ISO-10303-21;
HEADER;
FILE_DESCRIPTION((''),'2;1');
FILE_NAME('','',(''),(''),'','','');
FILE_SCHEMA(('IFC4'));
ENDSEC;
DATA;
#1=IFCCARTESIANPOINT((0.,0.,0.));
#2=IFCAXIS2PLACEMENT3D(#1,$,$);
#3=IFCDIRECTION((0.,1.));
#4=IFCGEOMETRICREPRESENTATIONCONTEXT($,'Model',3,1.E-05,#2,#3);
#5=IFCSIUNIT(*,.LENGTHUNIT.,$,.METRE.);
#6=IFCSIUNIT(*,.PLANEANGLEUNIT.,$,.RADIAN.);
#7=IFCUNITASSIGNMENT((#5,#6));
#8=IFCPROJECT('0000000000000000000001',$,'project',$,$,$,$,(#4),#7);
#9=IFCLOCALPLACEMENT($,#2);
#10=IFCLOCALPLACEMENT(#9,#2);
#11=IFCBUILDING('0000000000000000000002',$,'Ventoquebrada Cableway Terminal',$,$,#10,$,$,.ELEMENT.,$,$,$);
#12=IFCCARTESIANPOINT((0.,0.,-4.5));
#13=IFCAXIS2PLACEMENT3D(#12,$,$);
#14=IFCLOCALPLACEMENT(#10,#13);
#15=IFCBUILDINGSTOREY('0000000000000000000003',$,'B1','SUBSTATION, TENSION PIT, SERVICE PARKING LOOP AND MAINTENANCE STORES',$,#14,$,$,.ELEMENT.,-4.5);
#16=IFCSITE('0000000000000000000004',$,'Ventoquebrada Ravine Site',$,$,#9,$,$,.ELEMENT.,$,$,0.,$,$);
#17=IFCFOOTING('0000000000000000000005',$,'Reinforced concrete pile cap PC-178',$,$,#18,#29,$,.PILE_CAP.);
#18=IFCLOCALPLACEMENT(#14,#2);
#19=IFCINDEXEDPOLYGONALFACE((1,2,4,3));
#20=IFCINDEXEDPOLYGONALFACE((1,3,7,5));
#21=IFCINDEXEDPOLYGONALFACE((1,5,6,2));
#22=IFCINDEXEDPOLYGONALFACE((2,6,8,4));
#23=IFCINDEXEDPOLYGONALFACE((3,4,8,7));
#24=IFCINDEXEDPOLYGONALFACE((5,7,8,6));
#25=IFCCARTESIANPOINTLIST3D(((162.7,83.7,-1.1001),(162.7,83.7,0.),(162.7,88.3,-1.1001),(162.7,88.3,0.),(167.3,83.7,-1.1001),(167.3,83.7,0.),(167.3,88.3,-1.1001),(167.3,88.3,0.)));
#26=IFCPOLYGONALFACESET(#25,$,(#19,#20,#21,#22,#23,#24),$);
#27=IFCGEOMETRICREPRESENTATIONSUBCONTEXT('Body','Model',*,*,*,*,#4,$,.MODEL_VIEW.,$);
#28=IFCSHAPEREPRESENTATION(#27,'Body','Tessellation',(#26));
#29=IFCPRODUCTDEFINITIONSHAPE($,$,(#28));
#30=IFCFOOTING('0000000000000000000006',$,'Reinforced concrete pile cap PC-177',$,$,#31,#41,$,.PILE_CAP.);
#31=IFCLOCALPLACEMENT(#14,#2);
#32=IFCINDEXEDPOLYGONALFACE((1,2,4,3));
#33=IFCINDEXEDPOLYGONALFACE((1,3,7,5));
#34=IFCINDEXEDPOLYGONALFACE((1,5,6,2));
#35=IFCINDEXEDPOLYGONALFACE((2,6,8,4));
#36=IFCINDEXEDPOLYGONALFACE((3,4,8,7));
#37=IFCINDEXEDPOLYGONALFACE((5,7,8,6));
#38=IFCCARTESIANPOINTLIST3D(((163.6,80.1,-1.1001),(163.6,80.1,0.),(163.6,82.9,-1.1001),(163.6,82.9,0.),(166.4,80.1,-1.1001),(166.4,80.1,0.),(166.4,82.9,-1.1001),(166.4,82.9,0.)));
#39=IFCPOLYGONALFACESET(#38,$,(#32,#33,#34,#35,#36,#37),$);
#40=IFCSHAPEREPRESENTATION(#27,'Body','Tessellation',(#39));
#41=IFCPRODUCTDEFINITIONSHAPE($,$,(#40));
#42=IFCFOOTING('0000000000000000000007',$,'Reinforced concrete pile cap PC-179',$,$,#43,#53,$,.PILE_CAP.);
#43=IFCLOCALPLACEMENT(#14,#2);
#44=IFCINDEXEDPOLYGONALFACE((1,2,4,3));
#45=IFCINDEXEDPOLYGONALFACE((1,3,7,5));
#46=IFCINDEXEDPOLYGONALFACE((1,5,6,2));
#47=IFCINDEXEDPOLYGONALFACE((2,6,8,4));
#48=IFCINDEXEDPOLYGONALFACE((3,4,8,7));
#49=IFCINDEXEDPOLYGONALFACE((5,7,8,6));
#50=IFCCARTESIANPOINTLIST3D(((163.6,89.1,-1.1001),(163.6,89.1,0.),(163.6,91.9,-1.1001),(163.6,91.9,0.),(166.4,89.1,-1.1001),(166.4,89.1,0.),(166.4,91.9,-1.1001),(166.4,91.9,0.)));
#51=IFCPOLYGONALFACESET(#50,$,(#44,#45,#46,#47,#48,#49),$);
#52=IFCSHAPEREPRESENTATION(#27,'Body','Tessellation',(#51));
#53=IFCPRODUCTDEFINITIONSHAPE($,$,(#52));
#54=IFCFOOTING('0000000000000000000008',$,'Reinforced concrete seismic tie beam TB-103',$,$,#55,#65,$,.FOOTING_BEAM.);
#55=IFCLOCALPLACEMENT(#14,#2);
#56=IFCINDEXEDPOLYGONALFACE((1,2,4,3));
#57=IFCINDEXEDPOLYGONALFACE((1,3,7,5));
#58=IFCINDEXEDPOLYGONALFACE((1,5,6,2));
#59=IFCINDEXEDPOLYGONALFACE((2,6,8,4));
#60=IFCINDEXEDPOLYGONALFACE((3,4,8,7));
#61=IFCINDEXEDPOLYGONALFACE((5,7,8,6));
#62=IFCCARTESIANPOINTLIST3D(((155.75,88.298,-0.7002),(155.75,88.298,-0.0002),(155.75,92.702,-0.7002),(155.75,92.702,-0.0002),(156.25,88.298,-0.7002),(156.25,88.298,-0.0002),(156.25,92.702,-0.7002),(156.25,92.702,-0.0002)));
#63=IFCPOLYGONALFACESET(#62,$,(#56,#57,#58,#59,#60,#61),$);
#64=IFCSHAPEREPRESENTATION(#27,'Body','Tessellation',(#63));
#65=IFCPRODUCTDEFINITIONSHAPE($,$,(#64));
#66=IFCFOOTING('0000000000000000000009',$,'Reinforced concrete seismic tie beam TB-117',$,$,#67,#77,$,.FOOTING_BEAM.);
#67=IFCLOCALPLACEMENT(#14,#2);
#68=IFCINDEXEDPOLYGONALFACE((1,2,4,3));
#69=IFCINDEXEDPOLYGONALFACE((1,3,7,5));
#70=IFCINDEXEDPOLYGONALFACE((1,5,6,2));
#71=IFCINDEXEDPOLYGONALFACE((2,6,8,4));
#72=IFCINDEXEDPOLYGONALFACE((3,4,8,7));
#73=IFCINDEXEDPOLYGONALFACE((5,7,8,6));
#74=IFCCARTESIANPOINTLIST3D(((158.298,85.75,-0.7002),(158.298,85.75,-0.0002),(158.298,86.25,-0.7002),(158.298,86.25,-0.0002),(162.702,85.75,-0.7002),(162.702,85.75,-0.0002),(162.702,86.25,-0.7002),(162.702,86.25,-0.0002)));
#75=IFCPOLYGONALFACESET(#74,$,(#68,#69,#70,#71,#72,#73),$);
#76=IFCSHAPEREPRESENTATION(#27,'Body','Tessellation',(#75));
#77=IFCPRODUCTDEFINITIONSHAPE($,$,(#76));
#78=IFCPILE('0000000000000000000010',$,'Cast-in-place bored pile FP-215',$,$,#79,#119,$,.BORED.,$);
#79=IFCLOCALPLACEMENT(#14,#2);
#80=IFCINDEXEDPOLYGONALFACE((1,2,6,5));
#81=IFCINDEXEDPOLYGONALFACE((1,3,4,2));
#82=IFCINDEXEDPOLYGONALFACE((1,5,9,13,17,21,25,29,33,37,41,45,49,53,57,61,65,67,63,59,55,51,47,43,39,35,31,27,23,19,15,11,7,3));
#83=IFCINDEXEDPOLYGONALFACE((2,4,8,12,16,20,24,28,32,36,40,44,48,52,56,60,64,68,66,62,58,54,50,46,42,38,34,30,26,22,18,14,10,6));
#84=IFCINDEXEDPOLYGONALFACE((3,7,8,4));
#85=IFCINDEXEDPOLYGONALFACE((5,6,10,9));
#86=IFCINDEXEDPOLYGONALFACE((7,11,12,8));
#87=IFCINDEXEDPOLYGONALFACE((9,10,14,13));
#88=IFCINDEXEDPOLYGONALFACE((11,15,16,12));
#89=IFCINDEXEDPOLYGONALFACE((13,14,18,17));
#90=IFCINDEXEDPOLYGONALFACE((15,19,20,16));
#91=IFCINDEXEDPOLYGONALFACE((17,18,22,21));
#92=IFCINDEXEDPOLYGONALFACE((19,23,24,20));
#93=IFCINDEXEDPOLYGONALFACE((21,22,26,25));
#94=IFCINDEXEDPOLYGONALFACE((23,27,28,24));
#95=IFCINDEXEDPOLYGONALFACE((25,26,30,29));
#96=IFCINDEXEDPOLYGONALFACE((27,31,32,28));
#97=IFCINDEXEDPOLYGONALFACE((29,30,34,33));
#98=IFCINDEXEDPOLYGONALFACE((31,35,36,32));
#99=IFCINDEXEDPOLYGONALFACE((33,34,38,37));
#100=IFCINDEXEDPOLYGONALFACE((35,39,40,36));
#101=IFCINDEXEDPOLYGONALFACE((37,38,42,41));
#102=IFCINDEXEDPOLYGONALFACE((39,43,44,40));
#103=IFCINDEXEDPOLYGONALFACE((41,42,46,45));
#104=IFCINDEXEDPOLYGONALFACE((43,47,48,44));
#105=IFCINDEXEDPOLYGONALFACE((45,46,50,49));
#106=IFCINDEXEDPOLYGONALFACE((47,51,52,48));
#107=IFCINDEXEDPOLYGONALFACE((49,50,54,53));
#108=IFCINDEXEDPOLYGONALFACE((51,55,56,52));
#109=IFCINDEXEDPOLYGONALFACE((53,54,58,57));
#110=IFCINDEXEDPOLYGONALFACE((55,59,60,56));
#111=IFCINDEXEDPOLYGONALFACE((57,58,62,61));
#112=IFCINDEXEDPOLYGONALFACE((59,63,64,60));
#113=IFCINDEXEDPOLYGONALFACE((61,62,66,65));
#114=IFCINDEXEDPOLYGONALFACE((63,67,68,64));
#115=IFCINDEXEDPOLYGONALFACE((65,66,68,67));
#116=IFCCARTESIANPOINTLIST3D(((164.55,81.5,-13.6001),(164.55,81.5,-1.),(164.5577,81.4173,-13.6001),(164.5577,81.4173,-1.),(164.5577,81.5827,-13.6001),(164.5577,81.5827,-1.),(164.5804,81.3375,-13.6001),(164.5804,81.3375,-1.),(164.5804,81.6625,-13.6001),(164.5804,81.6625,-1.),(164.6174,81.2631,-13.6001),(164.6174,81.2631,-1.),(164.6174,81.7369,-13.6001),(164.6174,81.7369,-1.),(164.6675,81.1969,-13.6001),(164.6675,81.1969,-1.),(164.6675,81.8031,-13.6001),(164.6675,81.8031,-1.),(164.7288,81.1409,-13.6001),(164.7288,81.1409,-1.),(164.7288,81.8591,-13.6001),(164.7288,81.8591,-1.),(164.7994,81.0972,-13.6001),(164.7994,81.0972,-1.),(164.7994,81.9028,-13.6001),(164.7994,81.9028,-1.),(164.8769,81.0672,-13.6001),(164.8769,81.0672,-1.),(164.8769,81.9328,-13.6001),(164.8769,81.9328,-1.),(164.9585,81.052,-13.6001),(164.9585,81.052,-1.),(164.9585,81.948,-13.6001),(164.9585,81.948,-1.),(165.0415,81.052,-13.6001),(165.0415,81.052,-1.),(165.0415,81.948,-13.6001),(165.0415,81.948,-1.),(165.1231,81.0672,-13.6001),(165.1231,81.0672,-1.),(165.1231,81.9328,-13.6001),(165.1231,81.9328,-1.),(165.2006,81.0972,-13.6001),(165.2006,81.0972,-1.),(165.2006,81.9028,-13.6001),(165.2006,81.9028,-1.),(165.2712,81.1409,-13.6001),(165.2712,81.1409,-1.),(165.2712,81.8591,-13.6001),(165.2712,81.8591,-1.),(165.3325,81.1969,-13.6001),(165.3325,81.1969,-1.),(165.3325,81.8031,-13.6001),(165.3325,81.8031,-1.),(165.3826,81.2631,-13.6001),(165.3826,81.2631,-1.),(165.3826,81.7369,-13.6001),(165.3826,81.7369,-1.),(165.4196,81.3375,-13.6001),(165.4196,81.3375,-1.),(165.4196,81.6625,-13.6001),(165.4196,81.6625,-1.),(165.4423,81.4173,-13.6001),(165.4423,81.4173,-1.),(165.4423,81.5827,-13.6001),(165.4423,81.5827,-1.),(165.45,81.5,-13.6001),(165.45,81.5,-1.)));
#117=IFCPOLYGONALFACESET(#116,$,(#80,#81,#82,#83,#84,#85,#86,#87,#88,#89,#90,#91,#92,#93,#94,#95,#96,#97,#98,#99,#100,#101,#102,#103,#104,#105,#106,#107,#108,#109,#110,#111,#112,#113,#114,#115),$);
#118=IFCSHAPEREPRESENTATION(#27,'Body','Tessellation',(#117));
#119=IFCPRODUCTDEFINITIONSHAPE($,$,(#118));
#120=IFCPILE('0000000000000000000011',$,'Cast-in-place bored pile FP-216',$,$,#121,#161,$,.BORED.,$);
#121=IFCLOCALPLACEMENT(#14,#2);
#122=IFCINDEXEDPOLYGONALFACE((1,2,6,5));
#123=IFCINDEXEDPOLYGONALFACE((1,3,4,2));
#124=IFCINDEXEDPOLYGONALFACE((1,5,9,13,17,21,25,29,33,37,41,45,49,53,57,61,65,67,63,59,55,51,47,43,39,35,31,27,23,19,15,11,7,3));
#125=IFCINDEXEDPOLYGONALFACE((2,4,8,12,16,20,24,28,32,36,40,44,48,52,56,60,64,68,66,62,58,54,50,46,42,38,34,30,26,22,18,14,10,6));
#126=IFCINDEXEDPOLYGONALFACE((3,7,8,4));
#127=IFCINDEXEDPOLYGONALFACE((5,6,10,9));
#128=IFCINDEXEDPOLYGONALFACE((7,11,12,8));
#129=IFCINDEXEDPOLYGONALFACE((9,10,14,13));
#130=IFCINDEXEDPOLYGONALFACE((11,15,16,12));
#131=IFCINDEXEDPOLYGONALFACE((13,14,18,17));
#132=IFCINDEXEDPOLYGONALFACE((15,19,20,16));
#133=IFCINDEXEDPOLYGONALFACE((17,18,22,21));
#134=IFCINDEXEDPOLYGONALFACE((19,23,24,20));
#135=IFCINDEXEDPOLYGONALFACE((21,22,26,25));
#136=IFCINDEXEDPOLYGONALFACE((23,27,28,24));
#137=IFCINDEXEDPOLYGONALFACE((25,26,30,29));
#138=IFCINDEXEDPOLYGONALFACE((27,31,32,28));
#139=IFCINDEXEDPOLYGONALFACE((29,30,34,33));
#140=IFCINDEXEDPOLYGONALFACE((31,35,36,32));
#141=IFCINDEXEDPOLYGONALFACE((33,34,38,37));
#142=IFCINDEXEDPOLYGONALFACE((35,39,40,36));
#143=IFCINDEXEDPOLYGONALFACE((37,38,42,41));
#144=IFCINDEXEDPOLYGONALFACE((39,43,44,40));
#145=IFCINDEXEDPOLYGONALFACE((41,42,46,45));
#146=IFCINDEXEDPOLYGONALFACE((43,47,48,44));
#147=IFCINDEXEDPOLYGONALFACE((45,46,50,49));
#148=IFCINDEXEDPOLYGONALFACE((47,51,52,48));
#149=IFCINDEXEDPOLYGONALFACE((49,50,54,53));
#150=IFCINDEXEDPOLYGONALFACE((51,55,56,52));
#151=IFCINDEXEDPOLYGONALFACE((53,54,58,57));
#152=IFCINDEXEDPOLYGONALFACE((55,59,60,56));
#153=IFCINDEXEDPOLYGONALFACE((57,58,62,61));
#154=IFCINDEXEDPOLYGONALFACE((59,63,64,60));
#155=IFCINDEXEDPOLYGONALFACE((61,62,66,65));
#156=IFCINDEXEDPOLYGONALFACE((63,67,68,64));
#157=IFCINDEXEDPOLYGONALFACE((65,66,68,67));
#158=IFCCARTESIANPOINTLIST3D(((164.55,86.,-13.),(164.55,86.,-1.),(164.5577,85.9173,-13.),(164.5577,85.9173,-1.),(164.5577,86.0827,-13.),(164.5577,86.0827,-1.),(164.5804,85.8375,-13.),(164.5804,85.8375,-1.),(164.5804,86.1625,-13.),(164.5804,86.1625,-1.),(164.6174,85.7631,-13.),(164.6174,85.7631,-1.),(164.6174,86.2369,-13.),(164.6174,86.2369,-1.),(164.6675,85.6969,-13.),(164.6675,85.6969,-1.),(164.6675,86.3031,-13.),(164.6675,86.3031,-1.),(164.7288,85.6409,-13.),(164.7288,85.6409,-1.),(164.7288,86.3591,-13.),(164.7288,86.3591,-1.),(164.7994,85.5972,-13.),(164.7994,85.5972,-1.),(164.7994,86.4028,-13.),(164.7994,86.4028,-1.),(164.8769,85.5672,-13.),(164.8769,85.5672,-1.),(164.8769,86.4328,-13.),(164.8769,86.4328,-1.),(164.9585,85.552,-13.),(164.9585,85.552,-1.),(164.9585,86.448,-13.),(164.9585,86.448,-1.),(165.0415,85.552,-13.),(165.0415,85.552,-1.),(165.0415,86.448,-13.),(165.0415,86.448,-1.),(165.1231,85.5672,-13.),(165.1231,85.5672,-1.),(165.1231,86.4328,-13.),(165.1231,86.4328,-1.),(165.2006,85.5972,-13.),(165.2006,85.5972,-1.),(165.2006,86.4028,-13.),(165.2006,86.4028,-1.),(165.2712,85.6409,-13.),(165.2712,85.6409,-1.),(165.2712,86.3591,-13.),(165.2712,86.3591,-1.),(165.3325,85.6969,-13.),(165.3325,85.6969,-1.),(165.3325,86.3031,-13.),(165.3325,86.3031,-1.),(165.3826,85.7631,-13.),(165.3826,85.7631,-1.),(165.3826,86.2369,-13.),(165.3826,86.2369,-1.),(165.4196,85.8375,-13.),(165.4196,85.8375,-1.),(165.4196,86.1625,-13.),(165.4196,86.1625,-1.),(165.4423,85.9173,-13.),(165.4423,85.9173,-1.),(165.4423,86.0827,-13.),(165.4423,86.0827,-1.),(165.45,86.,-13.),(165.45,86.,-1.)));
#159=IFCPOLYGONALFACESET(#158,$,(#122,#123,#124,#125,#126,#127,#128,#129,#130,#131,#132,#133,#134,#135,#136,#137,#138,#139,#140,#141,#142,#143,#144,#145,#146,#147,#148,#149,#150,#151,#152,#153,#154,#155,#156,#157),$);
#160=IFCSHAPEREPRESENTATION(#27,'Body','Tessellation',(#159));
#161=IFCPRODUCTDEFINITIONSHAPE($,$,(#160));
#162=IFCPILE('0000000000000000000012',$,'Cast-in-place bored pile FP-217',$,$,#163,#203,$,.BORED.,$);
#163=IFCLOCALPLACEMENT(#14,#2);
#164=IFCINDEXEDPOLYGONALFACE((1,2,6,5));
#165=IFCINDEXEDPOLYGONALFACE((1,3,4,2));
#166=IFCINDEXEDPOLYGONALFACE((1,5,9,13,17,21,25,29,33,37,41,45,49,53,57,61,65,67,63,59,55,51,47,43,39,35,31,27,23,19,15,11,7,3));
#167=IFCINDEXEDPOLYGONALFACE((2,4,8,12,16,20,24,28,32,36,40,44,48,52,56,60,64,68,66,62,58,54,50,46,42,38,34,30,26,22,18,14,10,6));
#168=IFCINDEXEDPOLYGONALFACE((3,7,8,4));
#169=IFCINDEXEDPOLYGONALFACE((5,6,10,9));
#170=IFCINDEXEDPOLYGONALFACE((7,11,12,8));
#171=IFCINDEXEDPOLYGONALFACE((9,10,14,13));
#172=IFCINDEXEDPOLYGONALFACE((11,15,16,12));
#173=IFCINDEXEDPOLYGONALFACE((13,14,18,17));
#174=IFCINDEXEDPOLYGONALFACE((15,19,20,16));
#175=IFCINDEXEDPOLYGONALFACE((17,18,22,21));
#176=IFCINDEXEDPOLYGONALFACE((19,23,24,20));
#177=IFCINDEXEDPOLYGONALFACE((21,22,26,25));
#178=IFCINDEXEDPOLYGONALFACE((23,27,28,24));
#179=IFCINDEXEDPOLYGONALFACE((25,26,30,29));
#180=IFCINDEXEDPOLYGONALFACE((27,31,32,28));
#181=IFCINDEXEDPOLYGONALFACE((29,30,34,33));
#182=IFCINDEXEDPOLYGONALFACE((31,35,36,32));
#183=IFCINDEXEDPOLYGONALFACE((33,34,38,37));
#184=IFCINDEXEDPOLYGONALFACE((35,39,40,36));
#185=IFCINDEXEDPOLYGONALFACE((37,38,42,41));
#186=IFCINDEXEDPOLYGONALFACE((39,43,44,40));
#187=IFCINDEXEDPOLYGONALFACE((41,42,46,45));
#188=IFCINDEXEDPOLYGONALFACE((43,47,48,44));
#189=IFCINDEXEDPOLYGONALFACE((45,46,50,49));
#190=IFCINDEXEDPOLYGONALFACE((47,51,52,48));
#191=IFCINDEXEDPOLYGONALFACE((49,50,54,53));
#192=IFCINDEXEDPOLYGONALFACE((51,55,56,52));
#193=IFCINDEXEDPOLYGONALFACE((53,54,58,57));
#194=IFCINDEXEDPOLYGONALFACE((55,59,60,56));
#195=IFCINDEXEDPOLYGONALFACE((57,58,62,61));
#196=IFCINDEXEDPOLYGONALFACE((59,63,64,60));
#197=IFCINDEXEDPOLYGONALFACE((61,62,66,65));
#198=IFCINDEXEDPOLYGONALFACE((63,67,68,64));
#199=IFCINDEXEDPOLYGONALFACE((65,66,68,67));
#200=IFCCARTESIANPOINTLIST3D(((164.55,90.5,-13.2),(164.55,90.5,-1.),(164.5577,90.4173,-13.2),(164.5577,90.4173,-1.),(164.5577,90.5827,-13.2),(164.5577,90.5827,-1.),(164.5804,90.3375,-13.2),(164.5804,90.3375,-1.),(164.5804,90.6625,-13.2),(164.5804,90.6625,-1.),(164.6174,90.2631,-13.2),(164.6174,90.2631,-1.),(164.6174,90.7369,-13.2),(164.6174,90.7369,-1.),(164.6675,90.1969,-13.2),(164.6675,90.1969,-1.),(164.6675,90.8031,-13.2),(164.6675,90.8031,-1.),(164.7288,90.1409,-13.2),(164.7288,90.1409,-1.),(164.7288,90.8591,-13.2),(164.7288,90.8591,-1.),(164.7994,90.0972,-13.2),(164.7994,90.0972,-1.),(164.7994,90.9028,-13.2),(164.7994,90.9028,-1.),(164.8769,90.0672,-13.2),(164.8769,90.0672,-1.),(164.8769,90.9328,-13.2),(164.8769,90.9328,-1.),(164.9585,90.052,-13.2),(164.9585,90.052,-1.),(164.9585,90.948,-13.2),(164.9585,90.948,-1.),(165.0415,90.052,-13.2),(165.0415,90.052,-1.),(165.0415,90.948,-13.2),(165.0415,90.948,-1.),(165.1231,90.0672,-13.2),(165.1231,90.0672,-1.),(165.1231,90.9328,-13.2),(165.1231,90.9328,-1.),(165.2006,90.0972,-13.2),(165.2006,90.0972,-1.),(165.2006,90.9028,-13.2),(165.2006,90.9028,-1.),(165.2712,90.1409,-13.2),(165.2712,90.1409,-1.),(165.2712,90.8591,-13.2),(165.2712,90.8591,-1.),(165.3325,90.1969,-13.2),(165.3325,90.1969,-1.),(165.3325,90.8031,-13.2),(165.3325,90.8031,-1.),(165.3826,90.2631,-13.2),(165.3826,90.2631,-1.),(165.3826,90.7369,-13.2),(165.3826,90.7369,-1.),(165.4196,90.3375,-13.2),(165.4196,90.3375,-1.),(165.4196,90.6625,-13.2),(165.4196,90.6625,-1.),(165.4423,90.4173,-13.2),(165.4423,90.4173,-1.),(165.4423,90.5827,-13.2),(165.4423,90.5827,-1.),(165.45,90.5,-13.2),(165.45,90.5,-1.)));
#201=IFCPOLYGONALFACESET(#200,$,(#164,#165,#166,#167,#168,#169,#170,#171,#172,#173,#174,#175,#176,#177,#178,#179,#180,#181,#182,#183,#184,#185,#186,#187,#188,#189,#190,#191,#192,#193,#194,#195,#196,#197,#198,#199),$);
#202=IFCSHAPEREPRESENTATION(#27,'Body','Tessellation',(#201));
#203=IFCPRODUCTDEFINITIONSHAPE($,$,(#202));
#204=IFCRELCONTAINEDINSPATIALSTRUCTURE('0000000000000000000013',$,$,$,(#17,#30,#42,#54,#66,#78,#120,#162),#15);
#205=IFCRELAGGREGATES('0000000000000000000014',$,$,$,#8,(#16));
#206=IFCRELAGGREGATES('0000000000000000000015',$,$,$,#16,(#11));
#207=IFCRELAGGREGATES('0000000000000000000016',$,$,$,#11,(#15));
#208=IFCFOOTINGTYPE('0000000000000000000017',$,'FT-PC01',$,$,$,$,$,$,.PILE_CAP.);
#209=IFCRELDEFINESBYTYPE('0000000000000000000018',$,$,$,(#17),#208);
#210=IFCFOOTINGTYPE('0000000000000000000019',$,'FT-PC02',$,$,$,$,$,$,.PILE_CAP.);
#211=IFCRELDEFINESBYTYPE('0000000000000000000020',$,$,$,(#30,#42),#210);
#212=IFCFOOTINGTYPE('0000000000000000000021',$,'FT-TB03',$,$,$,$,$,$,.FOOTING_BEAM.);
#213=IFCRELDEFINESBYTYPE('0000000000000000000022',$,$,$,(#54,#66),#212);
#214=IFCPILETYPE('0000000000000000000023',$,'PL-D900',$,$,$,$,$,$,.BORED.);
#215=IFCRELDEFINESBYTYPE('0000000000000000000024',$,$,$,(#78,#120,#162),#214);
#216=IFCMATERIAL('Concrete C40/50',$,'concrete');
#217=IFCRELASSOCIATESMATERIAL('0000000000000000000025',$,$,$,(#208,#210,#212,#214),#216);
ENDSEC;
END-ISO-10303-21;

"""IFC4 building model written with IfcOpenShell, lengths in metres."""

from ifc_helpers import new_model, si_unit, direction, frame, origin, origin_2d, place, context, subcontext, project, spatial, rectangle, circle, extrude, material, material_profile, profile_set, type_object, element, save


model = new_model("IFC4")

# Units and contexts
model_context = context("Model", 3, precision=1e-05, world=origin(), true_north=direction((0.0, 1.0)))
body_context = subcontext(model_context, "Body", "Model", "MODEL_VIEW")
ifc_project = project(units=[si_unit("LENGTHUNIT", "METRE"), si_unit("PLANEANGLEUNIT", "RADIAN")], contexts=[model_context])

# Site, building, storey
site_placement = place(None, origin())
site = spatial("IfcSite", under=ifc_project, at=site_placement, Name="Ventoquebrada Ravine Site", CompositionType="ELEMENT", RefElevation=0.0)
building_placement = place(site_placement, origin())
building = spatial("IfcBuilding", under=site, at=building_placement, Name="Ventoquebrada Cableway Terminal", CompositionType="ELEMENT")
storey_placement = place(building_placement, frame((0.0, 0.0, -4.5)))
storey = spatial("IfcBuildingStorey", under=building, at=storey_placement, Name="B1", Description="SUBSTATION, TENSION PIT, SERVICE PARKING LOOP AND MAINTENANCE STORES", CompositionType="ELEMENT", Elevation=-4.5)

# Footings
ifc_material_1 = material(Name="Concrete C40/50", Category="concrete")
footing_type_1 = type_object("IfcFootingType", Name="FT-PC01", PredefinedType="PILE_CAP", material=ifc_material_1)
footing_placement = place(storey_placement, frame((165.0, 86.0, -1.1001), z_axis=(0.0, 0.0, 1.0), x_axis=(1.0, 0.0, 0.0)))
element("IfcFooting", 1, at=footing_placement, inside=storey, type_object=footing_type_1, Name="Reinforced concrete pile cap PC-178", PredefinedType="PILE_CAP", context=body_context, shape_type="SweptSolid", body=[
    extrude(rectangle(XDim=4.6001, YDim=4.6001, at=origin_2d()), origin(), (0.0, 0.0, 1.0), 1.1001),
])
footing_type_2 = type_object("IfcFootingType", Name="FT-PC02", PredefinedType="PILE_CAP", material=ifc_material_1)
for number, where, z_axis, x_axis, name in (
    (2, (165.0, 81.5, -1.1001), (0.0, 0.0, 1.0), (1.0, 0.0, 0.0), "Reinforced concrete pile cap PC-177"),
    (3, (165.0, 90.5, -1.1001), (0.0, 0.0, 1.0), (1.0, 0.0, 0.0), "Reinforced concrete pile cap PC-179"),
):
    element("IfcFooting", number, at=place(storey_placement, frame(where, z_axis=z_axis, x_axis=x_axis)), inside=storey, type_object=footing_type_2, Name=name, PredefinedType="PILE_CAP", context=body_context, shape_type="SweptSolid", body=[
        extrude(rectangle(XDim=2.8, YDim=2.8, at=origin_2d()), origin(), (0.0, 0.0, 1.0), 1.1001),
    ])
footing_type_3 = type_object("IfcFootingType", Name="FT-TB03", PredefinedType="FOOTING_BEAM", material=ifc_material_1)
for number, where, z_axis, x_axis, name in (
    (4, (156.0, 90.5, -0.7002), (0.0, 0.0, 1.0), (0.0, 1.0, 0.0), "Reinforced concrete seismic tie beam TB-103"),
    (5, (160.5, 86.0, -0.7002), (0.0, 0.0, 1.0), (1.0, 0.0, 0.0), "Reinforced concrete seismic tie beam TB-117"),
):
    element("IfcFooting", number, at=place(storey_placement, frame(where, z_axis=z_axis, x_axis=x_axis)), inside=storey, type_object=footing_type_3, Name=name, PredefinedType="FOOTING_BEAM", context=body_context, shape_type="SweptSolid", body=[
        extrude(rectangle(XDim=4.4041, YDim=0.5, at=origin_2d()), origin(), (0.0, 0.0, 1.0), 0.7),
    ])

# Piles
ifc_material_profile_1 = material_profile(ifc_material_1, circle(Radius=0.45, at=origin_2d()), Name="PILE-D900")
ifc_profile_set_1 = profile_set([ifc_material_profile_1], Name="Concrete C40/50")
pile_type = type_object("IfcPileType", Name="PL-D900", PredefinedType="BORED", material=ifc_profile_set_1)
pile_1_placement = place(storey_placement, frame((165.0, 81.5, -1.0), z_axis=(0.0, 0.0, -1.0), x_axis=(1.0, 0.0, 0.0)))
element("IfcPile", 6, at=pile_1_placement, inside=storey, type_object=pile_type, Name="Cast-in-place bored pile FP-215", PredefinedType="BORED", context=body_context, shape_type="SweptSolid", body=[
    extrude(circle(Radius=0.45, at=origin_2d()), origin(), (0.0, 0.0, 1.0), 12.6001),
])
pile_2_placement = place(storey_placement, frame((165.0, 86.0, -1.0), z_axis=(0.0, 0.0, -1.0), x_axis=(1.0, 0.0, 0.0)))
element("IfcPile", 7, at=pile_2_placement, inside=storey, type_object=pile_type, Name="Cast-in-place bored pile FP-216", PredefinedType="BORED", context=body_context, shape_type="SweptSolid", body=[
    extrude(circle(Radius=0.45, at=origin_2d()), origin(), (0.0, 0.0, 1.0), 12.0),
])
pile_3_placement = place(storey_placement, frame((165.0, 90.5, -1.0), z_axis=(0.0, 0.0, -1.0), x_axis=(1.0, 0.0, 0.0)))
element("IfcPile", 8, at=pile_3_placement, inside=storey, type_object=pile_type, Name="Cast-in-place bored pile FP-217", PredefinedType="BORED", context=body_context, shape_type="SweptSolid", body=[
    extrude(circle(Radius=0.45, at=origin_2d()), origin(), (0.0, 0.0, 1.0), 12.2),
])

save(model, "model.ifc")
